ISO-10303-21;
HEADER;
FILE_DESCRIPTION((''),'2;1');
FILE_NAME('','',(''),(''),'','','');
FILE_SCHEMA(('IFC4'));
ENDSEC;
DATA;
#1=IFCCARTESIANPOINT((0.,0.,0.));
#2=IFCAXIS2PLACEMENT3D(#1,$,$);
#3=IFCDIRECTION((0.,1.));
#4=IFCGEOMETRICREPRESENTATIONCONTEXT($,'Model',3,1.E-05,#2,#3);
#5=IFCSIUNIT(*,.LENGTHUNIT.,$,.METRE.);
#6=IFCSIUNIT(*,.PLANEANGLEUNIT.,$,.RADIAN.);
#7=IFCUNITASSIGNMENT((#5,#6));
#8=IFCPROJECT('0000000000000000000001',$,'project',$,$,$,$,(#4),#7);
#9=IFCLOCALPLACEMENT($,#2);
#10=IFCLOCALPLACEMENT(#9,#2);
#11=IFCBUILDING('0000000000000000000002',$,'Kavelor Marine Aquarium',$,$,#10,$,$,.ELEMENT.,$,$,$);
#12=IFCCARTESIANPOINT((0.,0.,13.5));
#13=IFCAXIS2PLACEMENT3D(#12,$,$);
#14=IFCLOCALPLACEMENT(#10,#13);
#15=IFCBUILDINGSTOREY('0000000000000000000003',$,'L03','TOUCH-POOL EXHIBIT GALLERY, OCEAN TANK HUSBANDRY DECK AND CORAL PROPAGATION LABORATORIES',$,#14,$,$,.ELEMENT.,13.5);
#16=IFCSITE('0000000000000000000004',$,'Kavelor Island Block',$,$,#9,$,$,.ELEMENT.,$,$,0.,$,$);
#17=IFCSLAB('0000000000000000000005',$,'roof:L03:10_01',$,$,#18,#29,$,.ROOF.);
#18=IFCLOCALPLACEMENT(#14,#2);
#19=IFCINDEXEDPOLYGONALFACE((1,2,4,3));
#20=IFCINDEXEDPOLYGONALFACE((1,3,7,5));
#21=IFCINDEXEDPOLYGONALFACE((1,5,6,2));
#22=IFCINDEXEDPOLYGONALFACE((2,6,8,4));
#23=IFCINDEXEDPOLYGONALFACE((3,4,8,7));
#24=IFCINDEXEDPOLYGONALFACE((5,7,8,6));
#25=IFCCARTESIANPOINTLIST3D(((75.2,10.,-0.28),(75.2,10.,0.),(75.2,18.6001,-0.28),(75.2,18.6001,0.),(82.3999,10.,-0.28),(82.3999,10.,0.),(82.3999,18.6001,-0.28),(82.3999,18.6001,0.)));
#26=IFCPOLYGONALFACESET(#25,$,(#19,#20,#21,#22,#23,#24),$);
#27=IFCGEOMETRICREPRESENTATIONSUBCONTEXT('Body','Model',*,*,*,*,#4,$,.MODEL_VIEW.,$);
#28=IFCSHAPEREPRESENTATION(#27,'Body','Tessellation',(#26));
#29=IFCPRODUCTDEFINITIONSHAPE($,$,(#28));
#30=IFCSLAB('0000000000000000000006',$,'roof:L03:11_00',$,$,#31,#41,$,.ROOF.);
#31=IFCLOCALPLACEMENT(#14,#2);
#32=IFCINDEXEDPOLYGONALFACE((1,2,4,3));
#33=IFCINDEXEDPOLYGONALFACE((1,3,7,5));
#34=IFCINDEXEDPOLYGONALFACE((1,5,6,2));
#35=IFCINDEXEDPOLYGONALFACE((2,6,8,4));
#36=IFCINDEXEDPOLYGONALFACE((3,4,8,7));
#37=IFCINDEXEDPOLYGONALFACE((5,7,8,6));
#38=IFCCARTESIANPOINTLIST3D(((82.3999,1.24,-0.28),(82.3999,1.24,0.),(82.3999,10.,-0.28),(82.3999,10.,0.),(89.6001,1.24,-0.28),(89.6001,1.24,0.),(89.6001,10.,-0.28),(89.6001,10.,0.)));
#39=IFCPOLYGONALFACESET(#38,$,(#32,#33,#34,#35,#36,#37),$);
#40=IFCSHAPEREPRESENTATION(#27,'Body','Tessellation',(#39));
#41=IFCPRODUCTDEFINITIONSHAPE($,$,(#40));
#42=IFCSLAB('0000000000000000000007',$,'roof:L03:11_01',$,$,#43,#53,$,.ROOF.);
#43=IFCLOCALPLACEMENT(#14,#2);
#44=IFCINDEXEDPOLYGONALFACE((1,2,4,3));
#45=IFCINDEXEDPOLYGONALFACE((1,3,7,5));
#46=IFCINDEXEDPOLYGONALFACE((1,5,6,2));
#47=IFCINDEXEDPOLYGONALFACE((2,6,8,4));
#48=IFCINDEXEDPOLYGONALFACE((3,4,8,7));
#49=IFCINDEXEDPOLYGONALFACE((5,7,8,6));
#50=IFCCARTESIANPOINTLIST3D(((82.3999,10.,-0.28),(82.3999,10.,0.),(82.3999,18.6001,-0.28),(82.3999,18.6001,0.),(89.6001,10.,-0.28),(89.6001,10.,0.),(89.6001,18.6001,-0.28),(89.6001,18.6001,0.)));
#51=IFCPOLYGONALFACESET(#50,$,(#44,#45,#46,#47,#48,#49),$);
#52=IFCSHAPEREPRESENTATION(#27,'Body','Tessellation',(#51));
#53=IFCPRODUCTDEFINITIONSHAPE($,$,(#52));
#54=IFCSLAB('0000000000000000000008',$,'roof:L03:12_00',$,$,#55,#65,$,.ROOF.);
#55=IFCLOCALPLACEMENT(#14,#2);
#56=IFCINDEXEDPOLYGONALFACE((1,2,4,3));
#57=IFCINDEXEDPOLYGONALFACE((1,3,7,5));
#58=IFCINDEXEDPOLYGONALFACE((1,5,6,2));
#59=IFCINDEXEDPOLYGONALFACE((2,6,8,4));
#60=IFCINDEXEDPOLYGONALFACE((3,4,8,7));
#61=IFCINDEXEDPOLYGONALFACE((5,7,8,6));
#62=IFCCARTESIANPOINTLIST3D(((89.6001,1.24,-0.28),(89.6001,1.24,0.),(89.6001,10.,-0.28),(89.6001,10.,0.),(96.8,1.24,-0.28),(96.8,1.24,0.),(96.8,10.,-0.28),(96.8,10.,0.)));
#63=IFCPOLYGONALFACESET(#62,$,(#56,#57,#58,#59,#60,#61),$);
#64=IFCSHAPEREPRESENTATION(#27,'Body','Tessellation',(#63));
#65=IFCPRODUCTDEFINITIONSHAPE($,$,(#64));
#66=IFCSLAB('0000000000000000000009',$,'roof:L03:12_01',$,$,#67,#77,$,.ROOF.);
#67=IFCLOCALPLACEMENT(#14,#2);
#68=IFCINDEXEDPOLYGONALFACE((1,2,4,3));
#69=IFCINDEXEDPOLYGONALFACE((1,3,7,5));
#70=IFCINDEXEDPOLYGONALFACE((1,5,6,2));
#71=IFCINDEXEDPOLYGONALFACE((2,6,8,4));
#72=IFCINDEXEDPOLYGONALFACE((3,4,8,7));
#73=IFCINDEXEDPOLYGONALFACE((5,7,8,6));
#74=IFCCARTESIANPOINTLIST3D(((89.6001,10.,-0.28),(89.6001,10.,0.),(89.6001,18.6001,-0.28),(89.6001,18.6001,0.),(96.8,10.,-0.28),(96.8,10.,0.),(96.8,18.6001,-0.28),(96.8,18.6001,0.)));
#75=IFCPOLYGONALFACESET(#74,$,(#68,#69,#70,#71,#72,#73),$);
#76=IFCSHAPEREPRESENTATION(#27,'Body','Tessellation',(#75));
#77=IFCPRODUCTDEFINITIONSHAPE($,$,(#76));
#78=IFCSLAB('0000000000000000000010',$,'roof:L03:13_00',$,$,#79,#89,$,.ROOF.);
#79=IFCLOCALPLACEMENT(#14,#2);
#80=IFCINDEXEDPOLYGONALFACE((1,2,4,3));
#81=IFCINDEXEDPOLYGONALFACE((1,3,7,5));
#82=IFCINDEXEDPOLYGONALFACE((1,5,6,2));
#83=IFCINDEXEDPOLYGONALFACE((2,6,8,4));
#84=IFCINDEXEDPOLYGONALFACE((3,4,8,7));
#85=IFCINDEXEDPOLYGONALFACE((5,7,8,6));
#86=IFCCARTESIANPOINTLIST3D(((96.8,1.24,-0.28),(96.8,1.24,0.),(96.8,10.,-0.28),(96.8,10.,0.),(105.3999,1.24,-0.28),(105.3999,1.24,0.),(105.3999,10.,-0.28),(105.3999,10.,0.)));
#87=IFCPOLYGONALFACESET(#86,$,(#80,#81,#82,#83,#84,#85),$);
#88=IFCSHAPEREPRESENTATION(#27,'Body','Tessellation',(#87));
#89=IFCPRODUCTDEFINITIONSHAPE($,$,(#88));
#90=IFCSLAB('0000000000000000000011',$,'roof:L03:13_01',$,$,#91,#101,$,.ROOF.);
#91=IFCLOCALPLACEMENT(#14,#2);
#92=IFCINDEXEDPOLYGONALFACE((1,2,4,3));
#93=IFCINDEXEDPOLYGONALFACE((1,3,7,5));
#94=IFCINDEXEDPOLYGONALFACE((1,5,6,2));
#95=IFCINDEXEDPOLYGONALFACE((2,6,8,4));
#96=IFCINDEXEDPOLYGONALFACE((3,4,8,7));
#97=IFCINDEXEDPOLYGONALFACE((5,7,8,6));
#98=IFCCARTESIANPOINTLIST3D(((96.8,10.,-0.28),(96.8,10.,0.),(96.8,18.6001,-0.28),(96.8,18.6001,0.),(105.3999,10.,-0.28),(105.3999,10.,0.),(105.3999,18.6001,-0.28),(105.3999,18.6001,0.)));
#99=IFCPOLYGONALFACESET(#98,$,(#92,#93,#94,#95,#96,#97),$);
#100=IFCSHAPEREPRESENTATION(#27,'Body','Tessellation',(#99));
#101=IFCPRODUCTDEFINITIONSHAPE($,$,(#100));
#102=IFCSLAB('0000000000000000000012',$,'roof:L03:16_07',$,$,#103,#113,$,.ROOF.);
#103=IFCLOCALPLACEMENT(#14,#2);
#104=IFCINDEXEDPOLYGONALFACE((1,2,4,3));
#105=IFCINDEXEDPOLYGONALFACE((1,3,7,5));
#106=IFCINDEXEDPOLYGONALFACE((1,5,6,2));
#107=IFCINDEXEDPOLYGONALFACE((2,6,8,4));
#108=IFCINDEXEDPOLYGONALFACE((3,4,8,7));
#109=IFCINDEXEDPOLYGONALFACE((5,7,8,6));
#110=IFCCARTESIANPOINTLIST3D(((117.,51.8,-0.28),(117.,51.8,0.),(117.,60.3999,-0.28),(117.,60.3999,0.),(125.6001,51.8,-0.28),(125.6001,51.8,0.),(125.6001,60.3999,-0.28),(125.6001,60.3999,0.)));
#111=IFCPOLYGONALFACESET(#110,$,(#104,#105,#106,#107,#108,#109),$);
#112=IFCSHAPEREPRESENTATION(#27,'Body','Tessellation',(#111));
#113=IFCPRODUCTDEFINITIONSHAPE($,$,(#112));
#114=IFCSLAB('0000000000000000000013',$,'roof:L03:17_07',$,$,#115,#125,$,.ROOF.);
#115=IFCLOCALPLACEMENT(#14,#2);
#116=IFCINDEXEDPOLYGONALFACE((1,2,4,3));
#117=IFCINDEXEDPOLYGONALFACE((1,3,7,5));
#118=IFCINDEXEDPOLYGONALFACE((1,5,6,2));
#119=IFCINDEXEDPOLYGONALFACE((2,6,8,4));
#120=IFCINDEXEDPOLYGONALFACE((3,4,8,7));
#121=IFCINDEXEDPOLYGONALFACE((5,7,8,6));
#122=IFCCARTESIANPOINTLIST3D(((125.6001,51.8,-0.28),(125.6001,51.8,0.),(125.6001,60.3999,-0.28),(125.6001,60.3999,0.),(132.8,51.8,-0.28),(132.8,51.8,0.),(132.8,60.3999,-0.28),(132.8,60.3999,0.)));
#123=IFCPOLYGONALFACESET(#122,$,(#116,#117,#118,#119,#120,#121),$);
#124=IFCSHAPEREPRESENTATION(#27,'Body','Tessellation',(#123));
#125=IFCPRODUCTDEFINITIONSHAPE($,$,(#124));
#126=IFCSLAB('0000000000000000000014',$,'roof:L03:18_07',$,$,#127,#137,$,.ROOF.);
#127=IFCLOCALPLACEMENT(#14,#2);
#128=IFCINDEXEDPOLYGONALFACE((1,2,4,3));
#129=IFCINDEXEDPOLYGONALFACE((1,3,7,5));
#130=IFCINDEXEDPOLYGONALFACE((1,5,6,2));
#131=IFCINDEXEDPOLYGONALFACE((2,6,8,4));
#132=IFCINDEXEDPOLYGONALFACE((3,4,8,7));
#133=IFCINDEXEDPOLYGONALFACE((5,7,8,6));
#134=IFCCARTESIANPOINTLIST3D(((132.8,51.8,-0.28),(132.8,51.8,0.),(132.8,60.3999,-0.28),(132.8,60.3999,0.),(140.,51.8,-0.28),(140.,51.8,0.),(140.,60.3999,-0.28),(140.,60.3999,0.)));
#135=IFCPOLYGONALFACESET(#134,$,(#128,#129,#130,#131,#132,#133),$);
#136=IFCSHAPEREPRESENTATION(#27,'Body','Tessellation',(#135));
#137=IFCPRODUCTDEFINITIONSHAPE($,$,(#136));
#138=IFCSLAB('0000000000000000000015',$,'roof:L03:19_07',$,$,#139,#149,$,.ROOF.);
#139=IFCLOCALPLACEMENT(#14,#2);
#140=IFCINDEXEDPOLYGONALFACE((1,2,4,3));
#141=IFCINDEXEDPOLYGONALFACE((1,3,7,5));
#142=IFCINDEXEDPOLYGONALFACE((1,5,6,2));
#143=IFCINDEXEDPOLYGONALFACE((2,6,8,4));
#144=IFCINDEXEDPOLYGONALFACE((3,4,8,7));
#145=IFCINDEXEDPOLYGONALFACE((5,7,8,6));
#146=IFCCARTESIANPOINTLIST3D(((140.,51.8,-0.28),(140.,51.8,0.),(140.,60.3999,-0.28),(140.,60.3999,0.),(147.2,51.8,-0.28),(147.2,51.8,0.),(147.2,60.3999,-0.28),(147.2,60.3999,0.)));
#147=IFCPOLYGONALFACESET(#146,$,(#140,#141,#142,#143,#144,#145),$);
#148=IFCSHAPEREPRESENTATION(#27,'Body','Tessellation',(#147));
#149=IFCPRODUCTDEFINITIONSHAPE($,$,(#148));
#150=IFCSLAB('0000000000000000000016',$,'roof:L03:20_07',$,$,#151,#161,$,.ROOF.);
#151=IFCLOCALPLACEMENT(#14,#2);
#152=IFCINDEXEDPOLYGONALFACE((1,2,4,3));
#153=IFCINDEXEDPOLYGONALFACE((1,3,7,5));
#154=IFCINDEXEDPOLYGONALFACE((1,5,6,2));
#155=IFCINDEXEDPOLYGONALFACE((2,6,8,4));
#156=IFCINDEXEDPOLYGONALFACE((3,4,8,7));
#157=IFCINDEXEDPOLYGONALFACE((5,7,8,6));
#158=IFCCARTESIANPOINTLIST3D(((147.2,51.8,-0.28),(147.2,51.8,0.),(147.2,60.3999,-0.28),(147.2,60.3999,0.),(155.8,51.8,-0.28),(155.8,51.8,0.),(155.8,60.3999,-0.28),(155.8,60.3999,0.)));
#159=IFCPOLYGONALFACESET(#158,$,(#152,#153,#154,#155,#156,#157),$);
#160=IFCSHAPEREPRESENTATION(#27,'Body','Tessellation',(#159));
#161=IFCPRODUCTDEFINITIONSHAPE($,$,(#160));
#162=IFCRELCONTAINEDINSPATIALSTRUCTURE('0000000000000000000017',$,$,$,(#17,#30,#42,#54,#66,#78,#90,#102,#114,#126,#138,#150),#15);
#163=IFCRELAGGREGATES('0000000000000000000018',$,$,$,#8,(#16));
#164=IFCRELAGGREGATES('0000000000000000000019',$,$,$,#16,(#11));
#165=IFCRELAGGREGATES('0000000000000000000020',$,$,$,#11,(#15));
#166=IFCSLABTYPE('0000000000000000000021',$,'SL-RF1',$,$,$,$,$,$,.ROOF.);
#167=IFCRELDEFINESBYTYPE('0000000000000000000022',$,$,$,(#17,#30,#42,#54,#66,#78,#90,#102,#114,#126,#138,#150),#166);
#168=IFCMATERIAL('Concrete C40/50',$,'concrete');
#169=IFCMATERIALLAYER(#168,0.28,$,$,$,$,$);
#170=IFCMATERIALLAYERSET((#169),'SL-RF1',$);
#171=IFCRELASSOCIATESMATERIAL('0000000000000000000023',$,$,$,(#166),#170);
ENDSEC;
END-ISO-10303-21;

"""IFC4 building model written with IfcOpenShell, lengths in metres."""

from ifc_helpers import new_model, si_unit, direction, frame, origin, place, context, subcontext, project, spatial, polyline, outline, extrude, material, layer, layer_set, type_object, element, save


model = new_model("IFC4")

# Units and contexts
model_context = context("Model", 3, precision=1e-05, world=origin(), true_north=direction((0.0, 1.0)))
body_context = subcontext(model_context, "Body", "Model", "MODEL_VIEW")
ifc_project = project(units=[si_unit("LENGTHUNIT", "METRE"), si_unit("PLANEANGLEUNIT", "RADIAN")], contexts=[model_context])

# Site, building, storey
site_placement = place(None, origin())
site = spatial("IfcSite", under=ifc_project, at=site_placement, Name="Kavelor Island Block", CompositionType="ELEMENT", RefElevation=0.0)
building_placement = place(site_placement, origin())
building = spatial("IfcBuilding", under=site, at=building_placement, Name="Kavelor Marine Aquarium", CompositionType="ELEMENT")
storey_placement = place(building_placement, frame((0.0, 0.0, 13.5)))
storey = spatial("IfcBuildingStorey", under=building, at=storey_placement, Name="L03", Description="TOUCH-POOL EXHIBIT GALLERY, OCEAN TANK HUSBANDRY DECK AND CORAL PROPAGATION LABORATORIES", CompositionType="ELEMENT", Elevation=13.5)

# Shared definitions
ifc_material_1 = material(Name="Concrete C40/50", Category="concrete")
ifc_layer = layer(ifc_material_1, 0.28)
ifc_layer_set = layer_set([ifc_layer], Name="SL-RF1")
slab_type = type_object("IfcSlabType", Name="SL-RF1", PredefinedType="ROOF", material=ifc_layer_set)

# Slabs
slab_1_placement = place(storey_placement, frame((0.0, 0.0, -0.28)))
element("IfcSlab", 1, at=slab_1_placement, inside=storey, type_object=slab_type, Name="roof:L03:10_01", PredefinedType="ROOF", context=body_context, shape_type="SweptSolid", body=[
    extrude(outline(polyline([(75.2, 10.0), (82.3999, 10.0), (82.3999, 18.6001), (75.2, 18.6001), (75.2, 10.0)])), origin(), (0.0, 0.0, 1.0), 0.28),
])
slab_2_placement = place(storey_placement, frame((0.0, 0.0, -0.28)))
element("IfcSlab", 2, at=slab_2_placement, inside=storey, type_object=slab_type, Name="roof:L03:11_00", PredefinedType="ROOF", context=body_context, shape_type="SweptSolid", body=[
    extrude(outline(polyline([(82.3999, 1.24), (89.6001, 1.24), (89.6001, 10.0), (82.3999, 10.0), (82.3999, 1.24)])), origin(), (0.0, 0.0, 1.0), 0.28),
])
slab_3_placement = place(storey_placement, frame((0.0, 0.0, -0.28)))
element("IfcSlab", 3, at=slab_3_placement, inside=storey, type_object=slab_type, Name="roof:L03:11_01", PredefinedType="ROOF", context=body_context, shape_type="SweptSolid", body=[
    extrude(outline(polyline([(82.3999, 10.0), (89.6001, 10.0), (89.6001, 18.6001), (82.3999, 18.6001), (82.3999, 10.0)])), origin(), (0.0, 0.0, 1.0), 0.28),
])
slab_4_placement = place(storey_placement, frame((0.0, 0.0, -0.28)))
element("IfcSlab", 4, at=slab_4_placement, inside=storey, type_object=slab_type, Name="roof:L03:12_00", PredefinedType="ROOF", context=body_context, shape_type="SweptSolid", body=[
    extrude(outline(polyline([(89.6001, 1.24), (96.8, 1.24), (96.8, 10.0), (89.6001, 10.0), (89.6001, 1.24)])), origin(), (0.0, 0.0, 1.0), 0.28),
])
slab_5_placement = place(storey_placement, frame((0.0, 0.0, -0.28)))
element("IfcSlab", 5, at=slab_5_placement, inside=storey, type_object=slab_type, Name="roof:L03:12_01", PredefinedType="ROOF", context=body_context, shape_type="SweptSolid", body=[
    extrude(outline(polyline([(89.6001, 10.0), (96.8, 10.0), (96.8, 18.6001), (89.6001, 18.6001), (89.6001, 10.0)])), origin(), (0.0, 0.0, 1.0), 0.28),
])
slab_6_placement = place(storey_placement, frame((0.0, 0.0, -0.28)))
element("IfcSlab", 6, at=slab_6_placement, inside=storey, type_object=slab_type, Name="roof:L03:13_00", PredefinedType="ROOF", context=body_context, shape_type="SweptSolid", body=[
    extrude(outline(polyline([(96.8, 1.24), (105.3999, 1.24), (105.3999, 10.0), (96.8, 10.0), (96.8, 1.24)])), origin(), (0.0, 0.0, 1.0), 0.28),
])
slab_7_placement = place(storey_placement, frame((0.0, 0.0, -0.28)))
element("IfcSlab", 7, at=slab_7_placement, inside=storey, type_object=slab_type, Name="roof:L03:13_01", PredefinedType="ROOF", context=body_context, shape_type="SweptSolid", body=[
    extrude(outline(polyline([(96.8, 10.0), (105.3999, 10.0), (105.3999, 18.6001), (96.8, 18.6001), (96.8, 10.0)])), origin(), (0.0, 0.0, 1.0), 0.28),
])
slab_8_placement = place(storey_placement, frame((0.0, 0.0, -0.28)))
element("IfcSlab", 8, at=slab_8_placement, inside=storey, type_object=slab_type, Name="roof:L03:16_07", PredefinedType="ROOF", context=body_context, shape_type="SweptSolid", body=[
    extrude(outline(polyline([(117.0, 51.8), (125.6001, 51.8), (125.6001, 60.3999), (117.0, 60.3999), (117.0, 51.8)])), origin(), (0.0, 0.0, 1.0), 0.28),
])
slab_9_placement = place(storey_placement, frame((0.0, 0.0, -0.28)))
element("IfcSlab", 9, at=slab_9_placement, inside=storey, type_object=slab_type, Name="roof:L03:17_07", PredefinedType="ROOF", context=body_context, shape_type="SweptSolid", body=[
    extrude(outline(polyline([(125.6001, 51.8), (132.8, 51.8), (132.8, 60.3999), (125.6001, 60.3999), (125.6001, 51.8)])), origin(), (0.0, 0.0, 1.0), 0.28),
])
slab_10_placement = place(storey_placement, frame((0.0, 0.0, -0.28)))
element("IfcSlab", 10, at=slab_10_placement, inside=storey, type_object=slab_type, Name="roof:L03:18_07", PredefinedType="ROOF", context=body_context, shape_type="SweptSolid", body=[
    extrude(outline(polyline([(132.8, 51.8), (140.0, 51.8), (140.0, 60.3999), (132.8, 60.3999), (132.8, 51.8)])), origin(), (0.0, 0.0, 1.0), 0.28),
])
slab_11_placement = place(storey_placement, frame((0.0, 0.0, -0.28)))
element("IfcSlab", 11, at=slab_11_placement, inside=storey, type_object=slab_type, Name="roof:L03:19_07", PredefinedType="ROOF", context=body_context, shape_type="SweptSolid", body=[
    extrude(outline(polyline([(140.0, 51.8), (147.2, 51.8), (147.2, 60.3999), (140.0, 60.3999), (140.0, 51.8)])), origin(), (0.0, 0.0, 1.0), 0.28),
])
slab_12_placement = place(storey_placement, frame((0.0, 0.0, -0.28)))
element("IfcSlab", 12, at=slab_12_placement, inside=storey, type_object=slab_type, Name="roof:L03:20_07", PredefinedType="ROOF", context=body_context, shape_type="SweptSolid", body=[
    extrude(outline(polyline([(147.2, 51.8), (155.8, 51.8), (155.8, 60.3999), (147.2, 60.3999), (147.2, 51.8)])), origin(), (0.0, 0.0, 1.0), 0.28),
])

save(model, "model.ifc")
